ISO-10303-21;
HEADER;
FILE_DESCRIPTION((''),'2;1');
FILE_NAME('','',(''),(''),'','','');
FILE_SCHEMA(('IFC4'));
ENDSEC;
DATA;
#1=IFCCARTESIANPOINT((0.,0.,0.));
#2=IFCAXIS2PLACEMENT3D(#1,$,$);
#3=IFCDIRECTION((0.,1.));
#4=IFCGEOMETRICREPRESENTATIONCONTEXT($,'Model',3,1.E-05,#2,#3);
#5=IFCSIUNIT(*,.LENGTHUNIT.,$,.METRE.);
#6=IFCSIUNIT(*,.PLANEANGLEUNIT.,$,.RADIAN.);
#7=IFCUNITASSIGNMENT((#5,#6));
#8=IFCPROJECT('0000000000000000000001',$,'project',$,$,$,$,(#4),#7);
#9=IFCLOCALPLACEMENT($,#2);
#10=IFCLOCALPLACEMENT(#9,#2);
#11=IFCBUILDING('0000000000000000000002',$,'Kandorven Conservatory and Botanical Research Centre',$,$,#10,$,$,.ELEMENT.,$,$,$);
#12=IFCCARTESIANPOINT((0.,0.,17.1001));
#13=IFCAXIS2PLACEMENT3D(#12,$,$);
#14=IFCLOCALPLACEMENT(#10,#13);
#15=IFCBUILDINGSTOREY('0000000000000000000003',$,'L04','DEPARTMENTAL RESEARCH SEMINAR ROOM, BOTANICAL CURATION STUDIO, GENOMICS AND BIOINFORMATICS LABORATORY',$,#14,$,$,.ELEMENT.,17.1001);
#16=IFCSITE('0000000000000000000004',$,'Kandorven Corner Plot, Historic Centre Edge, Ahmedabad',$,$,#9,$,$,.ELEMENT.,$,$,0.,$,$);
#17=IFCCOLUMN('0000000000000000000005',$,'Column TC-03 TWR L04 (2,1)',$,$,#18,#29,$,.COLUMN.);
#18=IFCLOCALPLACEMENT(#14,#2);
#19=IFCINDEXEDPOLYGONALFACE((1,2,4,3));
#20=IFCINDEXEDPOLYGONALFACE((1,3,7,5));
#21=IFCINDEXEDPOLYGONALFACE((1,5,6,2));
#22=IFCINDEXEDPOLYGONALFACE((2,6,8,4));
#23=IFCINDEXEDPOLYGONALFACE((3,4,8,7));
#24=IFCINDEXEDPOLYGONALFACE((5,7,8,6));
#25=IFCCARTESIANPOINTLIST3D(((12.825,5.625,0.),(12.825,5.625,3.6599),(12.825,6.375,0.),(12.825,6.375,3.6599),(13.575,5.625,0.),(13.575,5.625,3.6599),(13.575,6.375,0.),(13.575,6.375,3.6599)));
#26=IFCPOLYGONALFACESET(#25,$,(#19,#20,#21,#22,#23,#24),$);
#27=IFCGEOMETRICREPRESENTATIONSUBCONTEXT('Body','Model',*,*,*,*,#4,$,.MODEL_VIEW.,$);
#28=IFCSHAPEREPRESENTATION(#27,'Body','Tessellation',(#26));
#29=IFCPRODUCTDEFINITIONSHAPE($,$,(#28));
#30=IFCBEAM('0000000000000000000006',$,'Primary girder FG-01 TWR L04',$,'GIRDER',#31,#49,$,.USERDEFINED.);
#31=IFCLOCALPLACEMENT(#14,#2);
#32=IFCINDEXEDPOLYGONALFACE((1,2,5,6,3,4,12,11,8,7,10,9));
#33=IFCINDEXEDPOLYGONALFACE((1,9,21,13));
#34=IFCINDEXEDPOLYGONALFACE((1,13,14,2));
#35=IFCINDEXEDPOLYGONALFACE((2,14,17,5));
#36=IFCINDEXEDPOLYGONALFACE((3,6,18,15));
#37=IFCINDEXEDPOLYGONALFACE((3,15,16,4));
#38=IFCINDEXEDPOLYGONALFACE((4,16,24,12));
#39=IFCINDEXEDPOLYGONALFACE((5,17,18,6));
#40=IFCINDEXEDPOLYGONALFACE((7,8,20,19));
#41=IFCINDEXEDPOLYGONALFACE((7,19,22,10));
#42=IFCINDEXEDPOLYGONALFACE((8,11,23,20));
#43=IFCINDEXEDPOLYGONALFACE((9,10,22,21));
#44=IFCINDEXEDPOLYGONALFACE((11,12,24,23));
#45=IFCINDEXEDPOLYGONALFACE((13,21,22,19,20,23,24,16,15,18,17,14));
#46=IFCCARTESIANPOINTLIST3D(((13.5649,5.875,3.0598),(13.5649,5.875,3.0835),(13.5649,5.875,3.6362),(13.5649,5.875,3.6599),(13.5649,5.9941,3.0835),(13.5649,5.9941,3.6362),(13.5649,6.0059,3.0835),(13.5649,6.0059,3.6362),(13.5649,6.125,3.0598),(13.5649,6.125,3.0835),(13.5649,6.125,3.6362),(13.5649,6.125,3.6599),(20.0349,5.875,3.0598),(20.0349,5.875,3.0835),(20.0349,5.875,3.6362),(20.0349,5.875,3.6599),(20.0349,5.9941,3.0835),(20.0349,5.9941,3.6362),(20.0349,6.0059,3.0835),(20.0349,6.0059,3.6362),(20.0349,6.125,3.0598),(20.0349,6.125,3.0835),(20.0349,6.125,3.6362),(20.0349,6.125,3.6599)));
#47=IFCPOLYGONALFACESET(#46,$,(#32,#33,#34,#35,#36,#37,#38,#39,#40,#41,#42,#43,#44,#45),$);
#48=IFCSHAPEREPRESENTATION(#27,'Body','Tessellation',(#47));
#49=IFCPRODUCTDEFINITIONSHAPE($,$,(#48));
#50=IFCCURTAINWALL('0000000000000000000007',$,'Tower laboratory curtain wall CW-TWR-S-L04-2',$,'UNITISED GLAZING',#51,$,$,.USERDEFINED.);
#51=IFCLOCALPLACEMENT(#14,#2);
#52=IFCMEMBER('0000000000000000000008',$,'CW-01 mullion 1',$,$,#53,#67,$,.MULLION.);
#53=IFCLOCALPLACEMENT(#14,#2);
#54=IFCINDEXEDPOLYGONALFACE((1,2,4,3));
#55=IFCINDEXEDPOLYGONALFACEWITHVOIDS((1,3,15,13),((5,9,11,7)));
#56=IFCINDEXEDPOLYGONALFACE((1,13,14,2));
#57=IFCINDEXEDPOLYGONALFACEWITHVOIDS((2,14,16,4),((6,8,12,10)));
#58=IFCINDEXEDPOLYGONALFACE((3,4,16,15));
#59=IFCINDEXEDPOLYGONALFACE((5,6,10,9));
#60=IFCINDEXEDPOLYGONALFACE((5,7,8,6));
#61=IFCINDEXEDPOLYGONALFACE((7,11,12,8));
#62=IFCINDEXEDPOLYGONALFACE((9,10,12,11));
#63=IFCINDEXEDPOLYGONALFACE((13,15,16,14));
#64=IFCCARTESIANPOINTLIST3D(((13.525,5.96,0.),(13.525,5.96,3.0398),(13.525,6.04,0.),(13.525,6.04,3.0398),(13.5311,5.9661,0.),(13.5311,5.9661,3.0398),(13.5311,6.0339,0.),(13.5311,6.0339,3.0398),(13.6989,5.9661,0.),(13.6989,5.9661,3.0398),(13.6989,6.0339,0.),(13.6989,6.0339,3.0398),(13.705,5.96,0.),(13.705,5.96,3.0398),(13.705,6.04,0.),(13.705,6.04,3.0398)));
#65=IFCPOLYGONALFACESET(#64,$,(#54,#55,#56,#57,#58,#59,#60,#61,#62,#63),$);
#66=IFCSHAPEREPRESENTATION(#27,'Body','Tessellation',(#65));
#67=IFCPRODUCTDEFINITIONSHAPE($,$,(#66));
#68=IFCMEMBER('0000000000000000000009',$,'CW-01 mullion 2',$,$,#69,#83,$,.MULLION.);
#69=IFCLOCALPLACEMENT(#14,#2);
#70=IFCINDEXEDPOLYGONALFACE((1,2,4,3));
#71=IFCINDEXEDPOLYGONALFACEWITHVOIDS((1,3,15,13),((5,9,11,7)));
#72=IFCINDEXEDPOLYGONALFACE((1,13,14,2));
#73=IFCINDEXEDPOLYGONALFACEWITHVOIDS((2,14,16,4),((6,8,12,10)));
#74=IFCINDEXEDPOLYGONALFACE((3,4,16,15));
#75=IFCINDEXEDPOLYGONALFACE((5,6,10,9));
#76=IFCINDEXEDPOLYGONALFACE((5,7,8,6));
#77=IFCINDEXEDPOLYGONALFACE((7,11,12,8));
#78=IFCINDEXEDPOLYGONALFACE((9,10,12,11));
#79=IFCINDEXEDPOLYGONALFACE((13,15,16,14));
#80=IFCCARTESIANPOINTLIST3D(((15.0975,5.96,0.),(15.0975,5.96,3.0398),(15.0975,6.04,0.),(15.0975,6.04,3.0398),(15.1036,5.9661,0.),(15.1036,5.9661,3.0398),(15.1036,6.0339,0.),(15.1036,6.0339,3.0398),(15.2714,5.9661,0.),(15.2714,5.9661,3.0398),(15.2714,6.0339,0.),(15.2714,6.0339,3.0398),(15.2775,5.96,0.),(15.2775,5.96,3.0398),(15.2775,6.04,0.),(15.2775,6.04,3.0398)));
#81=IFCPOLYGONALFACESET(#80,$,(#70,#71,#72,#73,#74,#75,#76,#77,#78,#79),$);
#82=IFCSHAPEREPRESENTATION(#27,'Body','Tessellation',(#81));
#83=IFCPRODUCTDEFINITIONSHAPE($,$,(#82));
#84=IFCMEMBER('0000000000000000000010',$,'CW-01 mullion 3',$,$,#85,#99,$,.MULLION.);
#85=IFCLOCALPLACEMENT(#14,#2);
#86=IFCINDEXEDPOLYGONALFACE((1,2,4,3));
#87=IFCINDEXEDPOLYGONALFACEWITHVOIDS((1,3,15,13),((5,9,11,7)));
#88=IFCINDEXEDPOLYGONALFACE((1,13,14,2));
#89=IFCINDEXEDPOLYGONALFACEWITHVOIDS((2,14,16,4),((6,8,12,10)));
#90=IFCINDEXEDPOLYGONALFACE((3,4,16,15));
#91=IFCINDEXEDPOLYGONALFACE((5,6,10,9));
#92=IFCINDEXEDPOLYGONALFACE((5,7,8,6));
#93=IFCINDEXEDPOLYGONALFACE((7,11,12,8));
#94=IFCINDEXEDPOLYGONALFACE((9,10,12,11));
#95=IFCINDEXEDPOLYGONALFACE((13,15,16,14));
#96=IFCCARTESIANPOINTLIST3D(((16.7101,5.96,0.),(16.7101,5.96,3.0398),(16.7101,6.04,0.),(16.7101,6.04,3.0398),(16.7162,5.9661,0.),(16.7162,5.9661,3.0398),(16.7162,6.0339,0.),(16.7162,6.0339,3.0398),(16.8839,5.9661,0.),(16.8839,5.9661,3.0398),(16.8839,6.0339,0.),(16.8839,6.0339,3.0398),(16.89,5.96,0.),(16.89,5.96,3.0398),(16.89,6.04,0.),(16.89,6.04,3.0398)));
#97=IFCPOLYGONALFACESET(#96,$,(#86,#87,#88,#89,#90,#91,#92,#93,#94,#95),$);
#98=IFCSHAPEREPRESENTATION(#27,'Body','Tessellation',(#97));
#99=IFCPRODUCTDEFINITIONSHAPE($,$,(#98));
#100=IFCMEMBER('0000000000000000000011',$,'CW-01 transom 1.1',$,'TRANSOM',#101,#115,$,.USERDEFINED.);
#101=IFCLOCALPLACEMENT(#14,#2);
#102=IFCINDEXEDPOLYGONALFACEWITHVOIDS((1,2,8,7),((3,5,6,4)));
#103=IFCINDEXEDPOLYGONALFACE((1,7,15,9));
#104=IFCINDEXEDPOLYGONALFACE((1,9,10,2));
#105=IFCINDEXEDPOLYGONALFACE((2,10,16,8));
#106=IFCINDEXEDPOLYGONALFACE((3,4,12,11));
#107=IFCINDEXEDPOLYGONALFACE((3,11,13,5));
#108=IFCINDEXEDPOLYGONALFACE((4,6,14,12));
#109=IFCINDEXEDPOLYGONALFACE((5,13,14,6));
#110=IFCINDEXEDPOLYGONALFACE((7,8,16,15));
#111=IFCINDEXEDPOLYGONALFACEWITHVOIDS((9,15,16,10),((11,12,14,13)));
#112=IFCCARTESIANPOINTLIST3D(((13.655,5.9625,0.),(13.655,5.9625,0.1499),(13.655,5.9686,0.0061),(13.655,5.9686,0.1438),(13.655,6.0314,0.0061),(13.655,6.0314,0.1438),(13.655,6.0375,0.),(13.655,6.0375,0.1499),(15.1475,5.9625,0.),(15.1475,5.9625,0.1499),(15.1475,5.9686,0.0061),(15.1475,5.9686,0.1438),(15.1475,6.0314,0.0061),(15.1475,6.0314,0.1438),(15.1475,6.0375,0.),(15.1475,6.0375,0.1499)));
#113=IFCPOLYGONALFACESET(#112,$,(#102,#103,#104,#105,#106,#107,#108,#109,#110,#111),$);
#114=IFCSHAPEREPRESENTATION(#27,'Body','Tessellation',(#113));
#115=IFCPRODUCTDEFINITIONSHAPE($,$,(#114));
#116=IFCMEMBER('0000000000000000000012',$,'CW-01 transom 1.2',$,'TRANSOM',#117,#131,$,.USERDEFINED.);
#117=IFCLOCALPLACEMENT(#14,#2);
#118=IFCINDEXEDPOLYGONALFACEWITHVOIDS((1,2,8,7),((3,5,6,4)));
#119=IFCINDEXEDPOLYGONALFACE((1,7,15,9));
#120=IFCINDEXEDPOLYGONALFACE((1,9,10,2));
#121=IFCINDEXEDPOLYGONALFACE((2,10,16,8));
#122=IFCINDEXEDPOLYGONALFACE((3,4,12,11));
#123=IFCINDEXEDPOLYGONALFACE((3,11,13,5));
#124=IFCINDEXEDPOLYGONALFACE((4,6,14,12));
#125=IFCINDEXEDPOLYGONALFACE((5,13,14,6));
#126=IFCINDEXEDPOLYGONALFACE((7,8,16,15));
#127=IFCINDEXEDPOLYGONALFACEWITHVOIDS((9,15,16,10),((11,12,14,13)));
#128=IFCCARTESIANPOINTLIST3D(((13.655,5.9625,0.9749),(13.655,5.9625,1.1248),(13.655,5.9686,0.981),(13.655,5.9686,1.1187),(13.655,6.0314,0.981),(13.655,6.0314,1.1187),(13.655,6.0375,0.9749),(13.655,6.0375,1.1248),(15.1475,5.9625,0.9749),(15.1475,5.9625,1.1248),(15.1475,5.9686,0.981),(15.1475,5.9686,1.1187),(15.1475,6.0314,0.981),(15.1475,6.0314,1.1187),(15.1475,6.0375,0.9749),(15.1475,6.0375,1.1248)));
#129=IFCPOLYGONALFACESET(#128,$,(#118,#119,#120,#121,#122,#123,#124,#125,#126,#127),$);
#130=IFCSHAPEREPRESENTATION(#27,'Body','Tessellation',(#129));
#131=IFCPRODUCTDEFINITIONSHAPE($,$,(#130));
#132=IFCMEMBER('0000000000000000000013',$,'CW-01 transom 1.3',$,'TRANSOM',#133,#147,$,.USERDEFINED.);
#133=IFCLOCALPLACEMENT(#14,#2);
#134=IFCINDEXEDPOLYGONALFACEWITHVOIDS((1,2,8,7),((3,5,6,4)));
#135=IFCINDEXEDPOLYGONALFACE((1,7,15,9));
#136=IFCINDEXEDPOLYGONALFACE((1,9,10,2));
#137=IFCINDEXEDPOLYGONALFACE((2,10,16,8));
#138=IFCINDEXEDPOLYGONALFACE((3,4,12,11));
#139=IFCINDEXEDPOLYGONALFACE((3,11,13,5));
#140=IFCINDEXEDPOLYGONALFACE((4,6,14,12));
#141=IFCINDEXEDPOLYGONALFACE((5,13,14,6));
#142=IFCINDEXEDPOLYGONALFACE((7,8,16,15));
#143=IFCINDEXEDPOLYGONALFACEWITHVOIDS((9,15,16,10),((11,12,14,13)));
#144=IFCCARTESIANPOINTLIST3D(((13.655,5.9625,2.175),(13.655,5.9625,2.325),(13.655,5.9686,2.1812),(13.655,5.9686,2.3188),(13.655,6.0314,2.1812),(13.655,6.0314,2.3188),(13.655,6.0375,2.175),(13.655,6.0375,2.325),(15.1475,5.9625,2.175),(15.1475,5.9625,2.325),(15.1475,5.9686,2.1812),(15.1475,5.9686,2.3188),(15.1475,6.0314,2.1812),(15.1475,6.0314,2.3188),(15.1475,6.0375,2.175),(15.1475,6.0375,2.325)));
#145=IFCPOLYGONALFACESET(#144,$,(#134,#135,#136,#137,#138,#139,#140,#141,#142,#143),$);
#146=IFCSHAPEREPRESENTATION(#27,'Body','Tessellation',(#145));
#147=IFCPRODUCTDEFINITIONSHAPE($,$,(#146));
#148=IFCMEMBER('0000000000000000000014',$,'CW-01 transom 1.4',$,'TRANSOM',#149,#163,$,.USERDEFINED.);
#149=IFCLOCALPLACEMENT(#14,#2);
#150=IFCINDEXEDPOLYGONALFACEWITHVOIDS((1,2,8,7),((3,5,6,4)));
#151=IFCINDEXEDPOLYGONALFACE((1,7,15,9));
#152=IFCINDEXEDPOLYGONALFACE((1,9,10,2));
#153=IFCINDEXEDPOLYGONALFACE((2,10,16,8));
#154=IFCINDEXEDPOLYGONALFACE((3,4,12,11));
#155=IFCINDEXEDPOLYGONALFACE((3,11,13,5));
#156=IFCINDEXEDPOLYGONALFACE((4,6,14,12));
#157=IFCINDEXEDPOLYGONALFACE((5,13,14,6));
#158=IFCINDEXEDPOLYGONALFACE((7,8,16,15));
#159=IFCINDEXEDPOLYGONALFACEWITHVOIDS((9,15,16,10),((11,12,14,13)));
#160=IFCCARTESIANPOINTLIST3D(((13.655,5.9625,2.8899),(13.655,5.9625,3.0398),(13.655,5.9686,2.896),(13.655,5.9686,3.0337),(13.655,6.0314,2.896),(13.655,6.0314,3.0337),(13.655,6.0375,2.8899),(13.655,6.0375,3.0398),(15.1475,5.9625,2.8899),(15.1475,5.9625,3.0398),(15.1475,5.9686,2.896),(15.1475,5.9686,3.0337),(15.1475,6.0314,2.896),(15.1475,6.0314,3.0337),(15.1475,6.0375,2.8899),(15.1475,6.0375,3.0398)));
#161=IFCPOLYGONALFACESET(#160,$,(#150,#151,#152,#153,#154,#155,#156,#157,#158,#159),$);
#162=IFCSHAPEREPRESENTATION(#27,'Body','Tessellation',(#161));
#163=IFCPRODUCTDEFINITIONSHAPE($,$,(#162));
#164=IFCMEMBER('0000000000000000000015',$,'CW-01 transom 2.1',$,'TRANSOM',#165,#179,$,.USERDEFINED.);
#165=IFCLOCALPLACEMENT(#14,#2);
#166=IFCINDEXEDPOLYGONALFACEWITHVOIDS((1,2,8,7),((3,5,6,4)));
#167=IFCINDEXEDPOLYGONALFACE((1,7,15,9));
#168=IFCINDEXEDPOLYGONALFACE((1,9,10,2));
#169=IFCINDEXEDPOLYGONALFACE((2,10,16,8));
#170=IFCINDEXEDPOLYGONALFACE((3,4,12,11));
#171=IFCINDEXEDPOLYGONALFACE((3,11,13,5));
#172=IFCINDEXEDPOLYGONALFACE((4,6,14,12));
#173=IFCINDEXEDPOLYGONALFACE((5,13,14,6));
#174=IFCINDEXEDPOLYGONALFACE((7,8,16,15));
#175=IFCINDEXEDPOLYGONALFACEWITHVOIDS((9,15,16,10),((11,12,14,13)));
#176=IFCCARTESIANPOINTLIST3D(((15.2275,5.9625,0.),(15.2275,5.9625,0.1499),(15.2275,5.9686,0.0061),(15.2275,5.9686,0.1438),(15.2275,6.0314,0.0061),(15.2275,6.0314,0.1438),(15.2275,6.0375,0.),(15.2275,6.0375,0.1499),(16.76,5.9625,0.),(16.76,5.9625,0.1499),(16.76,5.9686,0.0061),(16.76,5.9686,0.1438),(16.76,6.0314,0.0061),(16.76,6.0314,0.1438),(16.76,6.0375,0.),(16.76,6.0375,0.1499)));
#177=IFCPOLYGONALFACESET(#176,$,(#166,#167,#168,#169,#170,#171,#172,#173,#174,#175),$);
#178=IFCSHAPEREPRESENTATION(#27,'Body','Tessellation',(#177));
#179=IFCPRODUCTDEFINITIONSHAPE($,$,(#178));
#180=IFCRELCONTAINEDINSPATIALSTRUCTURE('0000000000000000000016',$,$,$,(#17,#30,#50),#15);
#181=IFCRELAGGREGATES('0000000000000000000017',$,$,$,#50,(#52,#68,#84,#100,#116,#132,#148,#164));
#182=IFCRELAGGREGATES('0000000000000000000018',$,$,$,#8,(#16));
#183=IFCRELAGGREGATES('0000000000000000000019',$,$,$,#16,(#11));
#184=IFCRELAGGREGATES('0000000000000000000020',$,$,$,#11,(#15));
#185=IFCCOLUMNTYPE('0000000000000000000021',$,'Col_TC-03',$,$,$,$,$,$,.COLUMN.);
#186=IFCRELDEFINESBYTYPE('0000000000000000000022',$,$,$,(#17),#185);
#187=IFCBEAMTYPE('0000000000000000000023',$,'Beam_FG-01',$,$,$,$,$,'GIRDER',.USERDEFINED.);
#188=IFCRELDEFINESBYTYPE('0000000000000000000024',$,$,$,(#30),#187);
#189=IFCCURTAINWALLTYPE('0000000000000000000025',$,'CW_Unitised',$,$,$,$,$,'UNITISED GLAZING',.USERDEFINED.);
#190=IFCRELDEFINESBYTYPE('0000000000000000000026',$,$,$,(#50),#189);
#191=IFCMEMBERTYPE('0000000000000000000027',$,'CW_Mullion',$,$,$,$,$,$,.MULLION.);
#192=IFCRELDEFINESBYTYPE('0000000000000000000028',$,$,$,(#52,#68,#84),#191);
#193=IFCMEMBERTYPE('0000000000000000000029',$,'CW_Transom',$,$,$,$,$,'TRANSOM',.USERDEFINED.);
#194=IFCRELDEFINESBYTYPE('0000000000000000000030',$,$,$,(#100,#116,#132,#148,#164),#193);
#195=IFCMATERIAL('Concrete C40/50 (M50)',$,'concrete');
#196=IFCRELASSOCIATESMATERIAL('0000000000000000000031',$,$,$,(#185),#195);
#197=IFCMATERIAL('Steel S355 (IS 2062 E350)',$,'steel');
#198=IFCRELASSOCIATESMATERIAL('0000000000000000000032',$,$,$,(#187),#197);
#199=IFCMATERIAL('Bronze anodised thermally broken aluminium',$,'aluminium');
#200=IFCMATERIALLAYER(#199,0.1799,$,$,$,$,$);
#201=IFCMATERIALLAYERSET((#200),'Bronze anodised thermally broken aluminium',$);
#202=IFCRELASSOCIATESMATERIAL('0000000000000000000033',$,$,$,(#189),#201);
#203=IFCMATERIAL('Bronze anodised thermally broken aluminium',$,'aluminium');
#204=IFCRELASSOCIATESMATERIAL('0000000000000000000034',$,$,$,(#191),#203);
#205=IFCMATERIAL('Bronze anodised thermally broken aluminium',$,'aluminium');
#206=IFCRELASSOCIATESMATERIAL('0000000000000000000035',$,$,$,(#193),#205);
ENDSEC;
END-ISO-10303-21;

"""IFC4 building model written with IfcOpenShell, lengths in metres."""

from ifc_helpers import new_model, si_unit, direction, frame, origin, origin_2d, place, context, subcontext, project, spatial, rectangle, hollow_rectangle, i_section, extrude, material, layer, layer_set, material_profile, profile_set, type_object, element, aggregate, save


model = new_model("IFC4")

# Units and contexts
model_context = context("Model", 3, precision=1e-05, world=origin(), true_north=direction((0.0, 1.0)))
body_context = subcontext(model_context, "Body", "Model", "MODEL_VIEW")
ifc_project = project(units=[si_unit("LENGTHUNIT", "METRE"), si_unit("PLANEANGLEUNIT", "RADIAN")], contexts=[model_context])

# Site, building, storey
site_placement = place(None, origin())
site = spatial("IfcSite", under=ifc_project, at=site_placement, Name="Kandorven Corner Plot, Historic Centre Edge, Ahmedabad", CompositionType="ELEMENT", RefElevation=0.0)
building_placement = place(site_placement, origin())
building = spatial("IfcBuilding", under=site, at=building_placement, Name="Kandorven Conservatory and Botanical Research Centre", CompositionType="ELEMENT")
storey_placement = place(building_placement, frame((0.0, 0.0, 17.1001)))
storey = spatial("IfcBuildingStorey", under=building, at=storey_placement, Name="L04", Description="DEPARTMENTAL RESEARCH SEMINAR ROOM, BOTANICAL CURATION STUDIO, GENOMICS AND BIOINFORMATICS LABORATORY", CompositionType="ELEMENT", Elevation=17.1001)

# Column
ifc_material_1 = material(Name="Concrete C40/50 (M50)", Category="concrete")
ifc_material_profile_1 = material_profile(ifc_material_1, rectangle(XDim=0.75, YDim=0.75, at=origin_2d()))
ifc_profile_set_1 = profile_set([ifc_material_profile_1], Name="Concrete C40/50 (M50)")
column_type = type_object("IfcColumnType", Name="Col_TC-03", PredefinedType="COLUMN", material=ifc_profile_set_1)
column_placement = place(storey_placement, frame((13.2, 6.0, 0.0), z_axis=(0.0, 0.0, 1.0), x_axis=(1.0, 0.0, 0.0)))
element("IfcColumn", 1, at=column_placement, inside=storey, type_object=column_type, Name="Column TC-03 TWR L04 (2,1)", PredefinedType="COLUMN", context=body_context, shape_type="SweptSolid", body=[
    extrude(rectangle(XDim=0.75, YDim=0.75, at=origin_2d()), origin(), (0.0, 0.0, 1.0), 3.6599),
])

# Beam
ifc_material_2 = material(Name="Steel S355 (IS 2062 E350)", Category="steel")
ifc_material_profile_2 = material_profile(ifc_material_2, i_section(OverallWidth=0.25, OverallDepth=0.6001, WebThickness=0.0117, FlangeThickness=0.0237, at=origin_2d()))
ifc_profile_set_2 = profile_set([ifc_material_profile_2], Name="Steel S355 (IS 2062 E350)")
beam_type = type_object("IfcBeamType", Name="Beam_FG-01", ElementType="GIRDER", PredefinedType="USERDEFINED", material=ifc_profile_set_2)
beam_placement = place(storey_placement, frame((13.5649, 6.0, 3.3599), z_axis=(1.0, 0.0, 0.0), x_axis=(0.0, 1.0, 0.0)))
element("IfcBeam", 2, at=beam_placement, inside=storey, type_object=beam_type, Name="Primary girder FG-01 TWR L04", ObjectType="GIRDER", PredefinedType="USERDEFINED", context=body_context, shape_type="SweptSolid", body=[
    extrude(i_section(OverallWidth=0.25, OverallDepth=0.6001, WebThickness=0.0117, FlangeThickness=0.0237, at=origin_2d()), origin(), (0.0, 0.0, 1.0), 6.47),
])

# Curtain wall, members
ifc_material_3 = material(Name="Bronze anodised thermally broken aluminium", Category="aluminium")
ifc_layer_1 = layer(ifc_material_3, 0.1799)
ifc_layer_set_1 = layer_set([ifc_layer_1], Name="Bronze anodised thermally broken aluminium")
curtain_wall_type = type_object("IfcCurtainWallType", Name="CW_Unitised", ElementType="UNITISED GLAZING", PredefinedType="USERDEFINED", material=ifc_layer_set_1)
curtain_wall_placement = place(storey_placement, origin())
curtain_wall = element("IfcCurtainWall", 3, at=curtain_wall_placement, inside=storey, type_object=curtain_wall_type, Name="Tower laboratory curtain wall CW-TWR-S-L04-2", ObjectType="UNITISED GLAZING", PredefinedType="USERDEFINED")
ifc_material_4 = material(Name="Bronze anodised thermally broken aluminium", Category="aluminium")
ifc_material_profile_3 = material_profile(ifc_material_4, hollow_rectangle(XDim=0.0801, YDim=0.1799, WallThickness=0.0061, at=origin_2d()))
ifc_profile_set_3 = profile_set([ifc_material_profile_3], Name="Bronze anodised thermally broken aluminium")
member_type_1 = type_object("IfcMemberType", Name="CW_Mullion", PredefinedType="MULLION", material=ifc_profile_set_3)
member_1_placement = place(storey_placement, frame((13.615, 6.0, 0.0), z_axis=(0.0, 0.0, 1.0), x_axis=(0.0, 1.0, 0.0)))
member_1 = element("IfcMember", 4, at=member_1_placement, type_object=member_type_1, Name="CW-01 mullion 1", PredefinedType="MULLION", context=body_context, shape_type="SweptSolid", body=[
    extrude(hollow_rectangle(XDim=0.0801, YDim=0.1799, WallThickness=0.0061, at=origin_2d()), origin(), (0.0, 0.0, 1.0), 3.0398),
])
member_2_placement = place(storey_placement, frame((15.1875, 6.0, 0.0), z_axis=(0.0, 0.0, 1.0), x_axis=(0.0, 1.0, 0.0)))
member_2 = element("IfcMember", 5, at=member_2_placement, type_object=member_type_1, Name="CW-01 mullion 2", PredefinedType="MULLION", context=body_context, shape_type="SweptSolid", body=[
    extrude(hollow_rectangle(XDim=0.0801, YDim=0.1799, WallThickness=0.0061, at=origin_2d()), origin(), (0.0, 0.0, 1.0), 3.0398),
])
member_3_placement = place(storey_placement, frame((16.8, 6.0, 0.0), z_axis=(0.0, 0.0, 1.0), x_axis=(0.0, 1.0, 0.0)))
member_3 = element("IfcMember", 6, at=member_3_placement, type_object=member_type_1, Name="CW-01 mullion 3", PredefinedType="MULLION", context=body_context, shape_type="SweptSolid", body=[
    extrude(hollow_rectangle(XDim=0.0801, YDim=0.1799, WallThickness=0.0061, at=origin_2d()), origin(), (0.0, 0.0, 1.0), 3.0398),
])
ifc_material_5 = material(Name="Bronze anodised thermally broken aluminium", Category="aluminium")
ifc_material_profile_4 = material_profile(ifc_material_5, hollow_rectangle(XDim=0.075, YDim=0.1499, WallThickness=0.0061, at=origin_2d()))
ifc_profile_set_4 = profile_set([ifc_material_profile_4], Name="Bronze anodised thermally broken aluminium")
member_type_2 = type_object("IfcMemberType", Name="CW_Transom", ElementType="TRANSOM", PredefinedType="USERDEFINED", material=ifc_profile_set_4)
member_4_placement = place(storey_placement, frame((13.655, 6.0, 0.075), z_axis=(1.0, 0.0, 0.0), x_axis=(0.0, 1.0, 0.0)))
member_4 = element("IfcMember", 7, at=member_4_placement, type_object=member_type_2, Name="CW-01 transom 1.1", ObjectType="TRANSOM", PredefinedType="USERDEFINED", context=body_context, shape_type="SweptSolid", body=[
    extrude(hollow_rectangle(XDim=0.075, YDim=0.1499, WallThickness=0.0061, at=origin_2d()), origin(), (0.0, 0.0, 1.0), 1.4924),
])
member_5_placement = place(storey_placement, frame((13.655, 6.0, 1.0498), z_axis=(1.0, 0.0, 0.0), x_axis=(0.0, 1.0, 0.0)))
member_5 = element("IfcMember", 8, at=member_5_placement, type_object=member_type_2, Name="CW-01 transom 1.2", ObjectType="TRANSOM", PredefinedType="USERDEFINED", context=body_context, shape_type="SweptSolid", body=[
    extrude(hollow_rectangle(XDim=0.075, YDim=0.1499, WallThickness=0.0061, at=origin_2d()), origin(), (0.0, 0.0, 1.0), 1.4924),
])
member_6_placement = place(storey_placement, frame((13.655, 6.0, 2.25), z_axis=(1.0, 0.0, 0.0), x_axis=(0.0, 1.0, 0.0)))
member_6 = element("IfcMember", 9, at=member_6_placement, type_object=member_type_2, Name="CW-01 transom 1.3", ObjectType="TRANSOM", PredefinedType="USERDEFINED", context=body_context, shape_type="SweptSolid", body=[
    extrude(hollow_rectangle(XDim=0.075, YDim=0.1499, WallThickness=0.0061, at=origin_2d()), origin(), (0.0, 0.0, 1.0), 1.4924),
])
member_7_placement = place(storey_placement, frame((13.655, 6.0, 2.9648), z_axis=(1.0, 0.0, 0.0), x_axis=(0.0, 1.0, 0.0)))
member_7 = element("IfcMember", 10, at=member_7_placement, type_object=member_type_2, Name="CW-01 transom 1.4", ObjectType="TRANSOM", PredefinedType="USERDEFINED", context=body_context, shape_type="SweptSolid", body=[
    extrude(hollow_rectangle(XDim=0.075, YDim=0.1499, WallThickness=0.0061, at=origin_2d()), origin(), (0.0, 0.0, 1.0), 1.4924),
])
member_8_placement = place(storey_placement, frame((15.2275, 6.0, 0.075), z_axis=(1.0, 0.0, 0.0), x_axis=(0.0, 1.0, 0.0)))
member_8 = element("IfcMember", 11, at=member_8_placement, type_object=member_type_2, Name="CW-01 transom 2.1", ObjectType="TRANSOM", PredefinedType="USERDEFINED", context=body_context, shape_type="SweptSolid", body=[
    extrude(hollow_rectangle(XDim=0.075, YDim=0.1499, WallThickness=0.0061, at=origin_2d()), origin(), (0.0, 0.0, 1.0), 1.5325),
])

aggregate(curtain_wall, [member_1, member_2, member_3, member_4, member_5, member_6, member_7, member_8])

save(model, "model.ifc")
